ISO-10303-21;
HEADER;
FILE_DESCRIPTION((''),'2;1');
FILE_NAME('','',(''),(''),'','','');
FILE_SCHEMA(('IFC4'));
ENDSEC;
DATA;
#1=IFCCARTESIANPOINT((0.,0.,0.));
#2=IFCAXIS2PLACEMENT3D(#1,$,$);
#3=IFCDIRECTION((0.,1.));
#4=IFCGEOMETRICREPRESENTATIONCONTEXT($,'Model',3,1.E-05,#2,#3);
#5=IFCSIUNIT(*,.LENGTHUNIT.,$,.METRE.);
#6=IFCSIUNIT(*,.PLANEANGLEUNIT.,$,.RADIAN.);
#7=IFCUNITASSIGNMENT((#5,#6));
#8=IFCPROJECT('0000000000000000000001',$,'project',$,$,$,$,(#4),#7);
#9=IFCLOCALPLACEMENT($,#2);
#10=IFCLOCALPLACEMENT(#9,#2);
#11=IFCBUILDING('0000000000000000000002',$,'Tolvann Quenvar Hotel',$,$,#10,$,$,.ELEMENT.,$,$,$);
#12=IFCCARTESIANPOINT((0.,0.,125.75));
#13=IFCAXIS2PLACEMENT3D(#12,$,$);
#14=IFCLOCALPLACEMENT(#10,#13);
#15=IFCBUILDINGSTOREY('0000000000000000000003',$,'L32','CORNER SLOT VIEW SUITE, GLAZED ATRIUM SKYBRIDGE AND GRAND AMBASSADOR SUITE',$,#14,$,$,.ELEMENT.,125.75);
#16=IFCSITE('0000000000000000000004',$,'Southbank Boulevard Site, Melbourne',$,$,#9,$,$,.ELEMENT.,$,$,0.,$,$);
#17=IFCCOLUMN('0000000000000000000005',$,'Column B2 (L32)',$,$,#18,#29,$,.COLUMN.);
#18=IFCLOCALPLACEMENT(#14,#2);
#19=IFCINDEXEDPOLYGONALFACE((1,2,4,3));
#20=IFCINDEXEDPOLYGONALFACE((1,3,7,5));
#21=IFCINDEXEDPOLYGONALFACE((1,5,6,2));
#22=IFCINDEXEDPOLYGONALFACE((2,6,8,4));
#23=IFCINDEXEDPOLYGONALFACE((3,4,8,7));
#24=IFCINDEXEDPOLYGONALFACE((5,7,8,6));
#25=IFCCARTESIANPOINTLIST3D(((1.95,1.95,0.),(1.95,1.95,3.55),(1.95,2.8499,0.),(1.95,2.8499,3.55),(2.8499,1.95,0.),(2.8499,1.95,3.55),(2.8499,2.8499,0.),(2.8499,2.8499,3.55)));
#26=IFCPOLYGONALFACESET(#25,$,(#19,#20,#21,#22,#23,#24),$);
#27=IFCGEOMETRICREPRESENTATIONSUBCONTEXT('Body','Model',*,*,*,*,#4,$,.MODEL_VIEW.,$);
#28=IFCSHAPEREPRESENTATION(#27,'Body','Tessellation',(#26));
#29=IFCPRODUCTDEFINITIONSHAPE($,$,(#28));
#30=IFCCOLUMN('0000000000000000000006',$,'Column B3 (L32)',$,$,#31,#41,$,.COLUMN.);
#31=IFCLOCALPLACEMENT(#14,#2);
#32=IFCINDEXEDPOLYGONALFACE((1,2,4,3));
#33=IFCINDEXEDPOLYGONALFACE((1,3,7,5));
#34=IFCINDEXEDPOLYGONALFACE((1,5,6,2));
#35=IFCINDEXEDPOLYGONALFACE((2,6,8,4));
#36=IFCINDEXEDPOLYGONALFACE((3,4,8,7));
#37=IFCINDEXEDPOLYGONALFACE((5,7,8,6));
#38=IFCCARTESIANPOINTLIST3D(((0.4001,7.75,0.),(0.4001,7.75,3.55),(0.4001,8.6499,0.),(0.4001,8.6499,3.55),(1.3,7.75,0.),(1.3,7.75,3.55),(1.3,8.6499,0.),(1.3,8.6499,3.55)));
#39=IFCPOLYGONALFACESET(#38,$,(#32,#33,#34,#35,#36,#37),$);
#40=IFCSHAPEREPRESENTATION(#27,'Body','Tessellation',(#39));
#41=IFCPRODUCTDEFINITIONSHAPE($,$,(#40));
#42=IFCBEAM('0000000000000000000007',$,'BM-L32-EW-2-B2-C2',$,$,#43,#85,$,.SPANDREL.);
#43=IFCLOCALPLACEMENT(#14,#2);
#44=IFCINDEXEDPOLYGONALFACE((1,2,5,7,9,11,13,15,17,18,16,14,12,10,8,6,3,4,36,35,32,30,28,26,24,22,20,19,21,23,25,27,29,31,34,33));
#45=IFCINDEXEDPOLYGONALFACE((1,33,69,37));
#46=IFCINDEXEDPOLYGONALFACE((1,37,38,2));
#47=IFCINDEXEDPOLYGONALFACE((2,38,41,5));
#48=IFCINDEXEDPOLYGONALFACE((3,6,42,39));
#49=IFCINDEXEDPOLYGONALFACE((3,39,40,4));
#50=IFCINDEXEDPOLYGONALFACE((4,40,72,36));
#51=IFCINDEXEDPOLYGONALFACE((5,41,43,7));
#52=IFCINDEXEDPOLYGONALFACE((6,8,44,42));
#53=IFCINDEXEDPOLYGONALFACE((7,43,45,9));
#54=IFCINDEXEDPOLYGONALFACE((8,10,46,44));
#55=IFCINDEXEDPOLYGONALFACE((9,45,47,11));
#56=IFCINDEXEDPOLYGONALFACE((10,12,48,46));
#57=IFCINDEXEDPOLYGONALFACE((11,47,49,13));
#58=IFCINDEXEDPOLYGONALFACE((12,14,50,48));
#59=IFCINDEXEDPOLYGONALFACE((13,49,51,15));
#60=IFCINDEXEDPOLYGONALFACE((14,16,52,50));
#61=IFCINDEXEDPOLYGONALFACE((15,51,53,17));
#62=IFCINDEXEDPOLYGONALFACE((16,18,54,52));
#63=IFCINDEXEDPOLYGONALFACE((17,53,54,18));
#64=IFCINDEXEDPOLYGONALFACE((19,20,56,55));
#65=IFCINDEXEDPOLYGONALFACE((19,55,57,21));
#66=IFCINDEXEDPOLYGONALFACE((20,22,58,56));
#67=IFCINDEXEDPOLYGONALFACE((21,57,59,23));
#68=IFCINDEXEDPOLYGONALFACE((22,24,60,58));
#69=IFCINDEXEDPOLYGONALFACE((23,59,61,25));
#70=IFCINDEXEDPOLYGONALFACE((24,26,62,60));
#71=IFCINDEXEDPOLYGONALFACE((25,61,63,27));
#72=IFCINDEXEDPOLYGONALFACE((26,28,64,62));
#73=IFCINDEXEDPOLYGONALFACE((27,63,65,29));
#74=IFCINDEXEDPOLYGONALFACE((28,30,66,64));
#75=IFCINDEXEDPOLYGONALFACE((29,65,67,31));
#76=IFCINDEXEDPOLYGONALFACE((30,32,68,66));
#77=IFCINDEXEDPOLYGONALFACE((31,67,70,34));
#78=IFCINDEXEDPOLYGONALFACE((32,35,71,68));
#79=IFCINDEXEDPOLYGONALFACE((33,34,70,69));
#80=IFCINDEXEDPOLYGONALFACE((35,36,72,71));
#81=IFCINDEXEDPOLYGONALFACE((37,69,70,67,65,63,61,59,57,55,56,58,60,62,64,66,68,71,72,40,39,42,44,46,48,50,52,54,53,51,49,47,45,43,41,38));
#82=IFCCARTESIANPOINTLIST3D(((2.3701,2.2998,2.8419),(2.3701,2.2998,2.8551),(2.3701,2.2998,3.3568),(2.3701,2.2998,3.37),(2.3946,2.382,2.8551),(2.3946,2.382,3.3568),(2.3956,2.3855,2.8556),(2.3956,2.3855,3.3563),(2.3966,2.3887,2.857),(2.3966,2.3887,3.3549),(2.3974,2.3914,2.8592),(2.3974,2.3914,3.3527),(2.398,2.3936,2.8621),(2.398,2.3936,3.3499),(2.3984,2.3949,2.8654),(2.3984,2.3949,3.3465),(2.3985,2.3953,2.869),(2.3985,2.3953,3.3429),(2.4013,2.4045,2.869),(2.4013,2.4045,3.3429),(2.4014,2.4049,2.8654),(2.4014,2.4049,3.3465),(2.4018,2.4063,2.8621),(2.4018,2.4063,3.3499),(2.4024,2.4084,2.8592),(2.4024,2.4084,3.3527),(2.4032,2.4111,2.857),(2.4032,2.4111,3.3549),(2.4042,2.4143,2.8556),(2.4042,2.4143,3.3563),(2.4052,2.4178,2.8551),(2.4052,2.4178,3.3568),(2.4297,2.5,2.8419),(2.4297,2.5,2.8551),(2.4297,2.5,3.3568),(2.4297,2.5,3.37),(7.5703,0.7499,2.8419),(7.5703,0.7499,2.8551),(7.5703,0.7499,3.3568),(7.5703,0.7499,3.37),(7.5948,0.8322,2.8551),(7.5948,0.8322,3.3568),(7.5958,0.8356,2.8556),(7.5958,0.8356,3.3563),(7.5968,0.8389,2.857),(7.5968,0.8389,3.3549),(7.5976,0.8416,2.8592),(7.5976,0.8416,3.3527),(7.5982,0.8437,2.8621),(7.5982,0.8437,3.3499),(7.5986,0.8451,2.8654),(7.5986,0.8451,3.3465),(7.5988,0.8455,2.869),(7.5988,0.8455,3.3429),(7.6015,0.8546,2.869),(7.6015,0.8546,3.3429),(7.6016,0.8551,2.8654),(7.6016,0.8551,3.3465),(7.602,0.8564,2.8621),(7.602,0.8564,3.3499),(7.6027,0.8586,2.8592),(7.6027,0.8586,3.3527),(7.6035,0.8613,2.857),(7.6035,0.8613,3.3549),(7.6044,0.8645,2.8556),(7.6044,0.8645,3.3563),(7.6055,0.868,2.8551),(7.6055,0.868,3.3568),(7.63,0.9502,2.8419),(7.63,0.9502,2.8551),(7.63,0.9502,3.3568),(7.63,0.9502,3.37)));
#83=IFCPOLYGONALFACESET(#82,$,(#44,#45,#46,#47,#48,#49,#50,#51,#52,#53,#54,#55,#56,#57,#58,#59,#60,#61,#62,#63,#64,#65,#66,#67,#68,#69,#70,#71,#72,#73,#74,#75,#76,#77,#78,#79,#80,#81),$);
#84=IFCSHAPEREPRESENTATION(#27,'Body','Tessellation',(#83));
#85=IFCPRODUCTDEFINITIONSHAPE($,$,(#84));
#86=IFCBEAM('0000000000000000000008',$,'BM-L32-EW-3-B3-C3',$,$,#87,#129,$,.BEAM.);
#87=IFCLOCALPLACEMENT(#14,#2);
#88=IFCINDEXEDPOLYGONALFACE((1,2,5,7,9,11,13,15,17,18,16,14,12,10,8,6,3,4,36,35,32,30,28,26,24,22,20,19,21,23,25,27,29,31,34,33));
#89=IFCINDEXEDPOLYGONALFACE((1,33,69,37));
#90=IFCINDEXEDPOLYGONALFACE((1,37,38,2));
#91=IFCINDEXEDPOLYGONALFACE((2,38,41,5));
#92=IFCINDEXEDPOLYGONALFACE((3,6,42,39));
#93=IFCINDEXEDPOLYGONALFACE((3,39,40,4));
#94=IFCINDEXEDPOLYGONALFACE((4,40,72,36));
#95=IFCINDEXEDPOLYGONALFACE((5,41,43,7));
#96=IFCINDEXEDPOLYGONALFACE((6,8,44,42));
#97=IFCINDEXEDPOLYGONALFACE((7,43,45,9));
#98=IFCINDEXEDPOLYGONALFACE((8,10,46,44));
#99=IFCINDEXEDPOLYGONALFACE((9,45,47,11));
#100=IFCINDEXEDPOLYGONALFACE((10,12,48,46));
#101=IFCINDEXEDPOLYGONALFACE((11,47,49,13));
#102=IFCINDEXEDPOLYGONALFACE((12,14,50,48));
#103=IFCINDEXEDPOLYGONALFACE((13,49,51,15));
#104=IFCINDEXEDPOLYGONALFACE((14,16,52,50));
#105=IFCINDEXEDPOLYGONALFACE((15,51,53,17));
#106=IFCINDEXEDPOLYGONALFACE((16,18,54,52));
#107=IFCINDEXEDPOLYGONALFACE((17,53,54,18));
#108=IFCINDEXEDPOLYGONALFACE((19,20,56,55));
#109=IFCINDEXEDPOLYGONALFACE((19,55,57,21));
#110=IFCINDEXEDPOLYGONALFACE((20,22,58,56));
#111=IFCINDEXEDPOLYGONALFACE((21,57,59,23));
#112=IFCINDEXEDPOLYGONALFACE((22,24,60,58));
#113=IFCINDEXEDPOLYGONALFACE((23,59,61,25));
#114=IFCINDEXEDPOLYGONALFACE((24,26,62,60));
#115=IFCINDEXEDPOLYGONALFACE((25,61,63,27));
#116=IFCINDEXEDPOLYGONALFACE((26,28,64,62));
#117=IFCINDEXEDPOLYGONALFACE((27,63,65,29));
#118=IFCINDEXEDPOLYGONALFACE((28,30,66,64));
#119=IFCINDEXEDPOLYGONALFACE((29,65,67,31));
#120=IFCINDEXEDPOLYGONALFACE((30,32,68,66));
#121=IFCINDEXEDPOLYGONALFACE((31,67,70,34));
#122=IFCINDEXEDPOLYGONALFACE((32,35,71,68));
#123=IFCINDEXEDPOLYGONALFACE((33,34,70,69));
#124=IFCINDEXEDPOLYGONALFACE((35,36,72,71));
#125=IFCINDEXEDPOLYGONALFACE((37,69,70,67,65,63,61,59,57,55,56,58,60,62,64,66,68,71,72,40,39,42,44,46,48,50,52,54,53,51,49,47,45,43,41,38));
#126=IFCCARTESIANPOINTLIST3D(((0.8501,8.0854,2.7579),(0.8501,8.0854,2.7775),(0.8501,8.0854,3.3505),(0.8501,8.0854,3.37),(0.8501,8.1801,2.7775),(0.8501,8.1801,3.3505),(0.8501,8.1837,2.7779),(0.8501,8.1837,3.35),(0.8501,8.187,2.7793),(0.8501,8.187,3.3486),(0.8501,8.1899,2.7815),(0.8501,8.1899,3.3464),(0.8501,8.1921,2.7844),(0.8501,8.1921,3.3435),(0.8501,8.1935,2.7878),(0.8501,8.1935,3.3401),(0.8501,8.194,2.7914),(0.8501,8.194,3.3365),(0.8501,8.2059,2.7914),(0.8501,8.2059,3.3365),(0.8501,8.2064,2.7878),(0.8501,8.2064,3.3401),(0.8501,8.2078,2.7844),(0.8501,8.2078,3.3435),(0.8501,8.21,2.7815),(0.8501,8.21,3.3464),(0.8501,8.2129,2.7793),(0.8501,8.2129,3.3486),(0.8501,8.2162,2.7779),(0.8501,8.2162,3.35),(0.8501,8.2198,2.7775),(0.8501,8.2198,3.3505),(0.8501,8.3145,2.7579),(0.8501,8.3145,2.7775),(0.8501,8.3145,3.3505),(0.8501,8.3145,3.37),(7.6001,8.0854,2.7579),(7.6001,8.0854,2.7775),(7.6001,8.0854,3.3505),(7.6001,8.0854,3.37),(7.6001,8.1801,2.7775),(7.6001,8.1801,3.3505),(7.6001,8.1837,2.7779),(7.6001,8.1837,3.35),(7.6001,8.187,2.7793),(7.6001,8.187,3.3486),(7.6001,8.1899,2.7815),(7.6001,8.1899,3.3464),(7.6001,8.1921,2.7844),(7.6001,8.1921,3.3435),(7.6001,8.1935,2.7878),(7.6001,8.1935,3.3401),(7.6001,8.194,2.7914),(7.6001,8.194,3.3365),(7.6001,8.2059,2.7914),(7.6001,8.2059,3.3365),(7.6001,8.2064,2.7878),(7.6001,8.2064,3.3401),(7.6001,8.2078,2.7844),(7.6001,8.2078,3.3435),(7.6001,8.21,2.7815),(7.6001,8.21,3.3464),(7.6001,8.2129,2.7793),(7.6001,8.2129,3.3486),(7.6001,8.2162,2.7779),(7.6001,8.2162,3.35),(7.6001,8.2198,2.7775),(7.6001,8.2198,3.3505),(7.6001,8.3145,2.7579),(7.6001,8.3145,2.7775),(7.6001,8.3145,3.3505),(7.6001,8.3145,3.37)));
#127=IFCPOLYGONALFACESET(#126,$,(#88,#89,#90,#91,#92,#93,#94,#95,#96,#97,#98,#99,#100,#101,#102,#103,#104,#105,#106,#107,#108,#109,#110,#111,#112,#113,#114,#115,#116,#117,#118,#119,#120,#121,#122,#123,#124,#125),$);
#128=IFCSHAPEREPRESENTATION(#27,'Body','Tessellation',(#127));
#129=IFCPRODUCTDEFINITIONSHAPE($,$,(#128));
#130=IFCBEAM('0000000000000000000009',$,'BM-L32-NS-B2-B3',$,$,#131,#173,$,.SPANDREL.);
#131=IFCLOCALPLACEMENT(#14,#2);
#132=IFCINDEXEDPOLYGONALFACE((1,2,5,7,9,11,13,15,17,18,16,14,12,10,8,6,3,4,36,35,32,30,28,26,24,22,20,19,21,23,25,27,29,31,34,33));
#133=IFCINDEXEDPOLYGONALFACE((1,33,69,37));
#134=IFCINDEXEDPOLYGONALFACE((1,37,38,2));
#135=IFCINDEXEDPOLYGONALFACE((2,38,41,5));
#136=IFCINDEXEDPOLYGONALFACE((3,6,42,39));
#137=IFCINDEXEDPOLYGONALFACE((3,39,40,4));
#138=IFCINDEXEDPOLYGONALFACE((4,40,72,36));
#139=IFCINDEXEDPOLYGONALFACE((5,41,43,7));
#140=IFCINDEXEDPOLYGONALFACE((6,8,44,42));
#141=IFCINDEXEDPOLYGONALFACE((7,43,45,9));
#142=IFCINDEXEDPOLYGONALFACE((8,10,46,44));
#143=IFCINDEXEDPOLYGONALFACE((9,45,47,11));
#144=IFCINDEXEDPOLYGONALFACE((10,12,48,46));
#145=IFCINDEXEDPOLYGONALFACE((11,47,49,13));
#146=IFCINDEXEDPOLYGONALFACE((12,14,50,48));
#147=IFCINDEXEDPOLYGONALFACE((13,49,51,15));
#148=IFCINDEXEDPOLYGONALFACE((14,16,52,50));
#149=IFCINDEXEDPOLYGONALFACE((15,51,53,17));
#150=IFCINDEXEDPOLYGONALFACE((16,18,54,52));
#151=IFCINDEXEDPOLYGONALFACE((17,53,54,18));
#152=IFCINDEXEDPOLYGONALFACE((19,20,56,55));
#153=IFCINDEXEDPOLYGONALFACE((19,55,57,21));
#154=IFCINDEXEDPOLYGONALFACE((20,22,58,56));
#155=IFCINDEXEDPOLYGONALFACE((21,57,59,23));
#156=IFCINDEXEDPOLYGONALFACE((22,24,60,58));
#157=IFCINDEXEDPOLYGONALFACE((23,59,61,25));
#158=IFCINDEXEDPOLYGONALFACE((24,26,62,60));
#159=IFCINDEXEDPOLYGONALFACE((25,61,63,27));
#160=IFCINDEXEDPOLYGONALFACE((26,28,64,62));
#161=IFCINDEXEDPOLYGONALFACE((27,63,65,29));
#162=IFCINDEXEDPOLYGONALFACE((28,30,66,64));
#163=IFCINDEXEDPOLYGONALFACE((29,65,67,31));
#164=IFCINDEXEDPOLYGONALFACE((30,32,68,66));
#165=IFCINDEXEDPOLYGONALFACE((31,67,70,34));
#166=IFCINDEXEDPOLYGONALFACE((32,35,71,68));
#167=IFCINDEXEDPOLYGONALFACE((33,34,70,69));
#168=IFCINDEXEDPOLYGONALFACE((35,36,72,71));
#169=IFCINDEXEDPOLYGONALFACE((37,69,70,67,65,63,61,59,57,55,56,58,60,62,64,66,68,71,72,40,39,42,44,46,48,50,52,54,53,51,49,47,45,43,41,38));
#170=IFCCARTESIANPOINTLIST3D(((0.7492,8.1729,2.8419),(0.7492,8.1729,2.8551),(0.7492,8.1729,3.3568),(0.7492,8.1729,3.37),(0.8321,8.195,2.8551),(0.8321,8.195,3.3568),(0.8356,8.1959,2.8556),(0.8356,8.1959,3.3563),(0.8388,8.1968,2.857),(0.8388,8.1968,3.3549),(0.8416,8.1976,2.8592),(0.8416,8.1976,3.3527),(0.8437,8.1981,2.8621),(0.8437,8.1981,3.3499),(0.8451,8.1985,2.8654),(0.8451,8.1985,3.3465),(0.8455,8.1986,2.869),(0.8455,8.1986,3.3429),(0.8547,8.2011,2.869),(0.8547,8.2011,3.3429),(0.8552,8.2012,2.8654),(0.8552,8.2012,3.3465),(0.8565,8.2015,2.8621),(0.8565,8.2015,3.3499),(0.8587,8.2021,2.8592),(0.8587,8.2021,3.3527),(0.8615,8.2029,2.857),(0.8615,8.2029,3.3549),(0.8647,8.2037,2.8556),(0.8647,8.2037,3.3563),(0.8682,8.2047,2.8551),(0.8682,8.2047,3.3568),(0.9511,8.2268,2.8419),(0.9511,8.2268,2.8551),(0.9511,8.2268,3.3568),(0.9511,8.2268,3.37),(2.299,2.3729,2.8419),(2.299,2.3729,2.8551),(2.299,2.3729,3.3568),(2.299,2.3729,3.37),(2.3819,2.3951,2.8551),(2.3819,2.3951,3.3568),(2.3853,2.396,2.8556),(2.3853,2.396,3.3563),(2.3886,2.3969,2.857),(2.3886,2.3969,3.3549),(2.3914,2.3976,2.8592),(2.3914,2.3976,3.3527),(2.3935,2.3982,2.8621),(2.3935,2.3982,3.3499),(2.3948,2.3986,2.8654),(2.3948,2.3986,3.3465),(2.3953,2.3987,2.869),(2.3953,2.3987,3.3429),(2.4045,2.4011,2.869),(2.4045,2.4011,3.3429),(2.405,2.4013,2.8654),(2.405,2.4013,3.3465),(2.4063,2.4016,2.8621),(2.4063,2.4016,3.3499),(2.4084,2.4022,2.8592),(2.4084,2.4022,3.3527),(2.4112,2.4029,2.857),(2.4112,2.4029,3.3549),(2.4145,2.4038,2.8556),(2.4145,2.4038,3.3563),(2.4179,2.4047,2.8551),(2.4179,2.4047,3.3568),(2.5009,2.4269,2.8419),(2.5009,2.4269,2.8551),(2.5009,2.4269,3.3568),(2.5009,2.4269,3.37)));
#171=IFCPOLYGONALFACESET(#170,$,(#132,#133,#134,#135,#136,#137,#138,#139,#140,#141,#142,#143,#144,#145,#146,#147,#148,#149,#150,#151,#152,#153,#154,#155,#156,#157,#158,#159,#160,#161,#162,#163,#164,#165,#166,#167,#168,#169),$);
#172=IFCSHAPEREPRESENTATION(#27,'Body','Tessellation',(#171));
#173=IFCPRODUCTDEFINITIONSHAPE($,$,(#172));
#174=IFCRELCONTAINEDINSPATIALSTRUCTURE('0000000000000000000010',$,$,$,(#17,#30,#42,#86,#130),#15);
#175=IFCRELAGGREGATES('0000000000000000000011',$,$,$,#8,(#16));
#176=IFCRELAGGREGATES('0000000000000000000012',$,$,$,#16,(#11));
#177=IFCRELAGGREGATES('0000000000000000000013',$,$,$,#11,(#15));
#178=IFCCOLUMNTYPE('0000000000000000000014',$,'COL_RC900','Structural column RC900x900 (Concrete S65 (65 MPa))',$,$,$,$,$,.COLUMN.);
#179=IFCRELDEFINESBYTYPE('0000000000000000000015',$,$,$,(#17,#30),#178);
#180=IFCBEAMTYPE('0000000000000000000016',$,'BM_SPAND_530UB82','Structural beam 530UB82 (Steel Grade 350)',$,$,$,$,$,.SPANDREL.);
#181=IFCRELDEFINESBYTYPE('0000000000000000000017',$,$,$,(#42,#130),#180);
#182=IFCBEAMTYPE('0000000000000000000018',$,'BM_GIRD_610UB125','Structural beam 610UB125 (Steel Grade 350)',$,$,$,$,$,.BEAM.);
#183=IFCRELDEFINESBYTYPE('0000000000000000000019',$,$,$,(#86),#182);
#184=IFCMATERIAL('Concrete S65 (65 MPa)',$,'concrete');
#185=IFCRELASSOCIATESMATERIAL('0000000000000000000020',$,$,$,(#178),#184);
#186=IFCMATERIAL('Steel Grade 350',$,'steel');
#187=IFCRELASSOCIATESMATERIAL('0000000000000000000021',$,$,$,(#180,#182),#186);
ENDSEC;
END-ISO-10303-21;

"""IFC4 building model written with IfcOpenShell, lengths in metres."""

from ifc_helpers import new_model, si_unit, direction, frame, origin, origin_2d, place, context, subcontext, project, spatial, rectangle, i_section, extrude, source, transform, mapped, material, material_profile, profile_set, type_object, type_shapes, element, save


model = new_model("IFC4")

# Units and contexts
model_context = context("Model", 3, precision=1e-05, world=origin(), true_north=direction((0.0, 1.0)))
body_context = subcontext(model_context, "Body", "Model", "MODEL_VIEW")
ifc_project = project(units=[si_unit("LENGTHUNIT", "METRE"), si_unit("PLANEANGLEUNIT", "RADIAN")], contexts=[model_context])

# Site, building, storey
site_placement = place(None, origin())
site = spatial("IfcSite", under=ifc_project, at=site_placement, Name="Southbank Boulevard Site, Melbourne", CompositionType="ELEMENT", RefElevation=0.0)
building_placement = place(site_placement, origin())
building = spatial("IfcBuilding", under=site, at=building_placement, Name="Tolvann Quenvar Hotel", CompositionType="ELEMENT")
storey_placement = place(building_placement, frame((0.0, 0.0, 125.75)))
storey = spatial("IfcBuildingStorey", under=building, at=storey_placement, Name="L32", Description="CORNER SLOT VIEW SUITE, GLAZED ATRIUM SKYBRIDGE AND GRAND AMBASSADOR SUITE", CompositionType="ELEMENT", Elevation=125.75)

# Columns
ifc_material_1 = material(Name="Concrete S65 (65 MPa)", Category="concrete")
ifc_material_profile_1 = material_profile(ifc_material_1, rectangle(XDim=0.8999, YDim=0.8999, at=origin_2d()), Name="RC900x900")
ifc_profile_set_1 = profile_set([ifc_material_profile_1], Name="Concrete S65 (65 MPa)")
column_type = type_object("IfcColumnType", Name="COL_RC900", Description="Structural column RC900x900 (Concrete S65 (65 MPa))", PredefinedType="COLUMN", material=ifc_profile_set_1)
shared_shape_1 = source(origin(), body_context, "Body", "SweptSolid", [
    extrude(rectangle(XDim=0.8999, YDim=0.8999, at=origin_2d()), origin(), (0.0, 0.0, 1.0), 3.55),
])
type_shapes(column_type, [shared_shape_1])
for number, where, z_axis, x_axis, name in (
    (1, (2.3999, 2.3999, 0.0), (0.0, 0.0, 1.0), (1.0, 0.0, 0.0), "Column B2 (L32)"),
    (2, (0.8501, 8.2, 0.0), (0.0, 0.0, 1.0), (1.0, 0.0, 0.0), "Column B3 (L32)"),
):
    element("IfcColumn", number, at=place(storey_placement, frame(where, z_axis=z_axis, x_axis=x_axis)), inside=storey, type_object=column_type, Name=name, PredefinedType="COLUMN", context=body_context, shape_type="MappedRepresentation", body=[
        mapped(shared_shape_1, transform((0.0, 0.0, 0.0), x_axis=(1.0, 0.0, 0.0), y_axis=(0.0, 1.0, 0.0), z_axis=(0.0, 0.0, 1.0), scale=1.0)),
    ])

# Beams
ifc_material_2 = material(Name="Steel Grade 350", Category="steel")
ifc_material_profile_2 = material_profile(ifc_material_2, i_section(OverallWidth=0.209, OverallDepth=0.5281, WebThickness=0.0095, FlangeThickness=0.0132, FilletRadius=0.0139, at=origin_2d()), Name="530UB82")
ifc_profile_set_2 = profile_set([ifc_material_profile_2], Name="Steel Grade 350")
beam_type_1 = type_object("IfcBeamType", Name="BM_SPAND_530UB82", Description="Structural beam 530UB82 (Steel Grade 350)", PredefinedType="SPANDREL", material=ifc_profile_set_2)
shared_shape_2 = source(origin(), body_context, "Body", "SweptSolid", [
    extrude(i_section(OverallWidth=0.209, OverallDepth=0.5281, WebThickness=0.0095, FlangeThickness=0.0132, FilletRadius=0.0139, at=origin_2d()), origin(), (0.0, 0.0, 1.0), 5.4263),
])
beam_1_placement = place(storey_placement, frame((2.3999, 2.3999, 3.106), z_axis=(0.958345, -0.285614, 0.0), x_axis=(0.285614, 0.958345, 0.0)))
element("IfcBeam", 3, at=beam_1_placement, inside=storey, type_object=beam_type_1, Name="BM-L32-EW-2-B2-C2", PredefinedType="SPANDREL", context=body_context, shape_type="MappedRepresentation", body=[
    mapped(shared_shape_2, transform((0.0, 0.0, 0.0), x_axis=(1.0, 0.0, 0.0), y_axis=(0.0, 1.0, 0.0), z_axis=(0.0, 0.0, 1.0), scale=1.0)),
])
ifc_material_profile_3 = material_profile(ifc_material_2, i_section(OverallWidth=0.229, OverallDepth=0.6121, WebThickness=0.012, FlangeThickness=0.0195, FilletRadius=0.0139, at=origin_2d()), Name="610UB125")
ifc_profile_set_3 = profile_set([ifc_material_profile_3], Name="Steel Grade 350")
beam_type_2 = type_object("IfcBeamType", Name="BM_GIRD_610UB125", Description="Structural beam 610UB125 (Steel Grade 350)", PredefinedType="BEAM", material=ifc_profile_set_3)
shared_shape_3 = source(origin(), body_context, "Body", "SweptSolid", [
    extrude(i_section(OverallWidth=0.229, OverallDepth=0.6121, WebThickness=0.012, FlangeThickness=0.0195, FilletRadius=0.0139, at=origin_2d()), origin(), (0.0, 0.0, 1.0), 6.75),
])
type_shapes(beam_type_2, [shared_shape_3])
beam_2_placement = place(storey_placement, frame((0.8501, 8.2, 3.064), z_axis=(1.0, 0.0, 0.0), x_axis=(0.0, 1.0, 0.0)))
element("IfcBeam", 4, at=beam_2_placement, inside=storey, type_object=beam_type_2, Name="BM-L32-EW-3-B3-C3", PredefinedType="BEAM", context=body_context, shape_type="MappedRepresentation", body=[
    mapped(shared_shape_3, transform((0.0, 0.0, 0.0), x_axis=(1.0, 0.0, 0.0), y_axis=(0.0, 1.0, 0.0), z_axis=(0.0, 0.0, 1.0), scale=1.0)),
])
shared_shape_4 = source(origin(), body_context, "Body", "SweptSolid", [
    extrude(i_section(OverallWidth=0.209, OverallDepth=0.5281, WebThickness=0.0095, FlangeThickness=0.0132, FilletRadius=0.0139, at=origin_2d()), origin(), (0.0, 0.0, 1.0), 6.0034),
])
beam_3_placement = place(storey_placement, frame((2.3999, 2.3999, 3.106), z_axis=(-0.258149, 0.966105, 0.0), x_axis=(-0.966105, -0.258149, 0.0)))
element("IfcBeam", 5, at=beam_3_placement, inside=storey, type_object=beam_type_1, Name="BM-L32-NS-B2-B3", PredefinedType="SPANDREL", context=body_context, shape_type="MappedRepresentation", body=[
    mapped(shared_shape_4, transform((0.0, 0.0, 0.0), x_axis=(1.0, 0.0, 0.0), y_axis=(0.0, 1.0, 0.0), z_axis=(0.0, 0.0, 1.0), scale=1.0)),
])

save(model, "model.ifc")
